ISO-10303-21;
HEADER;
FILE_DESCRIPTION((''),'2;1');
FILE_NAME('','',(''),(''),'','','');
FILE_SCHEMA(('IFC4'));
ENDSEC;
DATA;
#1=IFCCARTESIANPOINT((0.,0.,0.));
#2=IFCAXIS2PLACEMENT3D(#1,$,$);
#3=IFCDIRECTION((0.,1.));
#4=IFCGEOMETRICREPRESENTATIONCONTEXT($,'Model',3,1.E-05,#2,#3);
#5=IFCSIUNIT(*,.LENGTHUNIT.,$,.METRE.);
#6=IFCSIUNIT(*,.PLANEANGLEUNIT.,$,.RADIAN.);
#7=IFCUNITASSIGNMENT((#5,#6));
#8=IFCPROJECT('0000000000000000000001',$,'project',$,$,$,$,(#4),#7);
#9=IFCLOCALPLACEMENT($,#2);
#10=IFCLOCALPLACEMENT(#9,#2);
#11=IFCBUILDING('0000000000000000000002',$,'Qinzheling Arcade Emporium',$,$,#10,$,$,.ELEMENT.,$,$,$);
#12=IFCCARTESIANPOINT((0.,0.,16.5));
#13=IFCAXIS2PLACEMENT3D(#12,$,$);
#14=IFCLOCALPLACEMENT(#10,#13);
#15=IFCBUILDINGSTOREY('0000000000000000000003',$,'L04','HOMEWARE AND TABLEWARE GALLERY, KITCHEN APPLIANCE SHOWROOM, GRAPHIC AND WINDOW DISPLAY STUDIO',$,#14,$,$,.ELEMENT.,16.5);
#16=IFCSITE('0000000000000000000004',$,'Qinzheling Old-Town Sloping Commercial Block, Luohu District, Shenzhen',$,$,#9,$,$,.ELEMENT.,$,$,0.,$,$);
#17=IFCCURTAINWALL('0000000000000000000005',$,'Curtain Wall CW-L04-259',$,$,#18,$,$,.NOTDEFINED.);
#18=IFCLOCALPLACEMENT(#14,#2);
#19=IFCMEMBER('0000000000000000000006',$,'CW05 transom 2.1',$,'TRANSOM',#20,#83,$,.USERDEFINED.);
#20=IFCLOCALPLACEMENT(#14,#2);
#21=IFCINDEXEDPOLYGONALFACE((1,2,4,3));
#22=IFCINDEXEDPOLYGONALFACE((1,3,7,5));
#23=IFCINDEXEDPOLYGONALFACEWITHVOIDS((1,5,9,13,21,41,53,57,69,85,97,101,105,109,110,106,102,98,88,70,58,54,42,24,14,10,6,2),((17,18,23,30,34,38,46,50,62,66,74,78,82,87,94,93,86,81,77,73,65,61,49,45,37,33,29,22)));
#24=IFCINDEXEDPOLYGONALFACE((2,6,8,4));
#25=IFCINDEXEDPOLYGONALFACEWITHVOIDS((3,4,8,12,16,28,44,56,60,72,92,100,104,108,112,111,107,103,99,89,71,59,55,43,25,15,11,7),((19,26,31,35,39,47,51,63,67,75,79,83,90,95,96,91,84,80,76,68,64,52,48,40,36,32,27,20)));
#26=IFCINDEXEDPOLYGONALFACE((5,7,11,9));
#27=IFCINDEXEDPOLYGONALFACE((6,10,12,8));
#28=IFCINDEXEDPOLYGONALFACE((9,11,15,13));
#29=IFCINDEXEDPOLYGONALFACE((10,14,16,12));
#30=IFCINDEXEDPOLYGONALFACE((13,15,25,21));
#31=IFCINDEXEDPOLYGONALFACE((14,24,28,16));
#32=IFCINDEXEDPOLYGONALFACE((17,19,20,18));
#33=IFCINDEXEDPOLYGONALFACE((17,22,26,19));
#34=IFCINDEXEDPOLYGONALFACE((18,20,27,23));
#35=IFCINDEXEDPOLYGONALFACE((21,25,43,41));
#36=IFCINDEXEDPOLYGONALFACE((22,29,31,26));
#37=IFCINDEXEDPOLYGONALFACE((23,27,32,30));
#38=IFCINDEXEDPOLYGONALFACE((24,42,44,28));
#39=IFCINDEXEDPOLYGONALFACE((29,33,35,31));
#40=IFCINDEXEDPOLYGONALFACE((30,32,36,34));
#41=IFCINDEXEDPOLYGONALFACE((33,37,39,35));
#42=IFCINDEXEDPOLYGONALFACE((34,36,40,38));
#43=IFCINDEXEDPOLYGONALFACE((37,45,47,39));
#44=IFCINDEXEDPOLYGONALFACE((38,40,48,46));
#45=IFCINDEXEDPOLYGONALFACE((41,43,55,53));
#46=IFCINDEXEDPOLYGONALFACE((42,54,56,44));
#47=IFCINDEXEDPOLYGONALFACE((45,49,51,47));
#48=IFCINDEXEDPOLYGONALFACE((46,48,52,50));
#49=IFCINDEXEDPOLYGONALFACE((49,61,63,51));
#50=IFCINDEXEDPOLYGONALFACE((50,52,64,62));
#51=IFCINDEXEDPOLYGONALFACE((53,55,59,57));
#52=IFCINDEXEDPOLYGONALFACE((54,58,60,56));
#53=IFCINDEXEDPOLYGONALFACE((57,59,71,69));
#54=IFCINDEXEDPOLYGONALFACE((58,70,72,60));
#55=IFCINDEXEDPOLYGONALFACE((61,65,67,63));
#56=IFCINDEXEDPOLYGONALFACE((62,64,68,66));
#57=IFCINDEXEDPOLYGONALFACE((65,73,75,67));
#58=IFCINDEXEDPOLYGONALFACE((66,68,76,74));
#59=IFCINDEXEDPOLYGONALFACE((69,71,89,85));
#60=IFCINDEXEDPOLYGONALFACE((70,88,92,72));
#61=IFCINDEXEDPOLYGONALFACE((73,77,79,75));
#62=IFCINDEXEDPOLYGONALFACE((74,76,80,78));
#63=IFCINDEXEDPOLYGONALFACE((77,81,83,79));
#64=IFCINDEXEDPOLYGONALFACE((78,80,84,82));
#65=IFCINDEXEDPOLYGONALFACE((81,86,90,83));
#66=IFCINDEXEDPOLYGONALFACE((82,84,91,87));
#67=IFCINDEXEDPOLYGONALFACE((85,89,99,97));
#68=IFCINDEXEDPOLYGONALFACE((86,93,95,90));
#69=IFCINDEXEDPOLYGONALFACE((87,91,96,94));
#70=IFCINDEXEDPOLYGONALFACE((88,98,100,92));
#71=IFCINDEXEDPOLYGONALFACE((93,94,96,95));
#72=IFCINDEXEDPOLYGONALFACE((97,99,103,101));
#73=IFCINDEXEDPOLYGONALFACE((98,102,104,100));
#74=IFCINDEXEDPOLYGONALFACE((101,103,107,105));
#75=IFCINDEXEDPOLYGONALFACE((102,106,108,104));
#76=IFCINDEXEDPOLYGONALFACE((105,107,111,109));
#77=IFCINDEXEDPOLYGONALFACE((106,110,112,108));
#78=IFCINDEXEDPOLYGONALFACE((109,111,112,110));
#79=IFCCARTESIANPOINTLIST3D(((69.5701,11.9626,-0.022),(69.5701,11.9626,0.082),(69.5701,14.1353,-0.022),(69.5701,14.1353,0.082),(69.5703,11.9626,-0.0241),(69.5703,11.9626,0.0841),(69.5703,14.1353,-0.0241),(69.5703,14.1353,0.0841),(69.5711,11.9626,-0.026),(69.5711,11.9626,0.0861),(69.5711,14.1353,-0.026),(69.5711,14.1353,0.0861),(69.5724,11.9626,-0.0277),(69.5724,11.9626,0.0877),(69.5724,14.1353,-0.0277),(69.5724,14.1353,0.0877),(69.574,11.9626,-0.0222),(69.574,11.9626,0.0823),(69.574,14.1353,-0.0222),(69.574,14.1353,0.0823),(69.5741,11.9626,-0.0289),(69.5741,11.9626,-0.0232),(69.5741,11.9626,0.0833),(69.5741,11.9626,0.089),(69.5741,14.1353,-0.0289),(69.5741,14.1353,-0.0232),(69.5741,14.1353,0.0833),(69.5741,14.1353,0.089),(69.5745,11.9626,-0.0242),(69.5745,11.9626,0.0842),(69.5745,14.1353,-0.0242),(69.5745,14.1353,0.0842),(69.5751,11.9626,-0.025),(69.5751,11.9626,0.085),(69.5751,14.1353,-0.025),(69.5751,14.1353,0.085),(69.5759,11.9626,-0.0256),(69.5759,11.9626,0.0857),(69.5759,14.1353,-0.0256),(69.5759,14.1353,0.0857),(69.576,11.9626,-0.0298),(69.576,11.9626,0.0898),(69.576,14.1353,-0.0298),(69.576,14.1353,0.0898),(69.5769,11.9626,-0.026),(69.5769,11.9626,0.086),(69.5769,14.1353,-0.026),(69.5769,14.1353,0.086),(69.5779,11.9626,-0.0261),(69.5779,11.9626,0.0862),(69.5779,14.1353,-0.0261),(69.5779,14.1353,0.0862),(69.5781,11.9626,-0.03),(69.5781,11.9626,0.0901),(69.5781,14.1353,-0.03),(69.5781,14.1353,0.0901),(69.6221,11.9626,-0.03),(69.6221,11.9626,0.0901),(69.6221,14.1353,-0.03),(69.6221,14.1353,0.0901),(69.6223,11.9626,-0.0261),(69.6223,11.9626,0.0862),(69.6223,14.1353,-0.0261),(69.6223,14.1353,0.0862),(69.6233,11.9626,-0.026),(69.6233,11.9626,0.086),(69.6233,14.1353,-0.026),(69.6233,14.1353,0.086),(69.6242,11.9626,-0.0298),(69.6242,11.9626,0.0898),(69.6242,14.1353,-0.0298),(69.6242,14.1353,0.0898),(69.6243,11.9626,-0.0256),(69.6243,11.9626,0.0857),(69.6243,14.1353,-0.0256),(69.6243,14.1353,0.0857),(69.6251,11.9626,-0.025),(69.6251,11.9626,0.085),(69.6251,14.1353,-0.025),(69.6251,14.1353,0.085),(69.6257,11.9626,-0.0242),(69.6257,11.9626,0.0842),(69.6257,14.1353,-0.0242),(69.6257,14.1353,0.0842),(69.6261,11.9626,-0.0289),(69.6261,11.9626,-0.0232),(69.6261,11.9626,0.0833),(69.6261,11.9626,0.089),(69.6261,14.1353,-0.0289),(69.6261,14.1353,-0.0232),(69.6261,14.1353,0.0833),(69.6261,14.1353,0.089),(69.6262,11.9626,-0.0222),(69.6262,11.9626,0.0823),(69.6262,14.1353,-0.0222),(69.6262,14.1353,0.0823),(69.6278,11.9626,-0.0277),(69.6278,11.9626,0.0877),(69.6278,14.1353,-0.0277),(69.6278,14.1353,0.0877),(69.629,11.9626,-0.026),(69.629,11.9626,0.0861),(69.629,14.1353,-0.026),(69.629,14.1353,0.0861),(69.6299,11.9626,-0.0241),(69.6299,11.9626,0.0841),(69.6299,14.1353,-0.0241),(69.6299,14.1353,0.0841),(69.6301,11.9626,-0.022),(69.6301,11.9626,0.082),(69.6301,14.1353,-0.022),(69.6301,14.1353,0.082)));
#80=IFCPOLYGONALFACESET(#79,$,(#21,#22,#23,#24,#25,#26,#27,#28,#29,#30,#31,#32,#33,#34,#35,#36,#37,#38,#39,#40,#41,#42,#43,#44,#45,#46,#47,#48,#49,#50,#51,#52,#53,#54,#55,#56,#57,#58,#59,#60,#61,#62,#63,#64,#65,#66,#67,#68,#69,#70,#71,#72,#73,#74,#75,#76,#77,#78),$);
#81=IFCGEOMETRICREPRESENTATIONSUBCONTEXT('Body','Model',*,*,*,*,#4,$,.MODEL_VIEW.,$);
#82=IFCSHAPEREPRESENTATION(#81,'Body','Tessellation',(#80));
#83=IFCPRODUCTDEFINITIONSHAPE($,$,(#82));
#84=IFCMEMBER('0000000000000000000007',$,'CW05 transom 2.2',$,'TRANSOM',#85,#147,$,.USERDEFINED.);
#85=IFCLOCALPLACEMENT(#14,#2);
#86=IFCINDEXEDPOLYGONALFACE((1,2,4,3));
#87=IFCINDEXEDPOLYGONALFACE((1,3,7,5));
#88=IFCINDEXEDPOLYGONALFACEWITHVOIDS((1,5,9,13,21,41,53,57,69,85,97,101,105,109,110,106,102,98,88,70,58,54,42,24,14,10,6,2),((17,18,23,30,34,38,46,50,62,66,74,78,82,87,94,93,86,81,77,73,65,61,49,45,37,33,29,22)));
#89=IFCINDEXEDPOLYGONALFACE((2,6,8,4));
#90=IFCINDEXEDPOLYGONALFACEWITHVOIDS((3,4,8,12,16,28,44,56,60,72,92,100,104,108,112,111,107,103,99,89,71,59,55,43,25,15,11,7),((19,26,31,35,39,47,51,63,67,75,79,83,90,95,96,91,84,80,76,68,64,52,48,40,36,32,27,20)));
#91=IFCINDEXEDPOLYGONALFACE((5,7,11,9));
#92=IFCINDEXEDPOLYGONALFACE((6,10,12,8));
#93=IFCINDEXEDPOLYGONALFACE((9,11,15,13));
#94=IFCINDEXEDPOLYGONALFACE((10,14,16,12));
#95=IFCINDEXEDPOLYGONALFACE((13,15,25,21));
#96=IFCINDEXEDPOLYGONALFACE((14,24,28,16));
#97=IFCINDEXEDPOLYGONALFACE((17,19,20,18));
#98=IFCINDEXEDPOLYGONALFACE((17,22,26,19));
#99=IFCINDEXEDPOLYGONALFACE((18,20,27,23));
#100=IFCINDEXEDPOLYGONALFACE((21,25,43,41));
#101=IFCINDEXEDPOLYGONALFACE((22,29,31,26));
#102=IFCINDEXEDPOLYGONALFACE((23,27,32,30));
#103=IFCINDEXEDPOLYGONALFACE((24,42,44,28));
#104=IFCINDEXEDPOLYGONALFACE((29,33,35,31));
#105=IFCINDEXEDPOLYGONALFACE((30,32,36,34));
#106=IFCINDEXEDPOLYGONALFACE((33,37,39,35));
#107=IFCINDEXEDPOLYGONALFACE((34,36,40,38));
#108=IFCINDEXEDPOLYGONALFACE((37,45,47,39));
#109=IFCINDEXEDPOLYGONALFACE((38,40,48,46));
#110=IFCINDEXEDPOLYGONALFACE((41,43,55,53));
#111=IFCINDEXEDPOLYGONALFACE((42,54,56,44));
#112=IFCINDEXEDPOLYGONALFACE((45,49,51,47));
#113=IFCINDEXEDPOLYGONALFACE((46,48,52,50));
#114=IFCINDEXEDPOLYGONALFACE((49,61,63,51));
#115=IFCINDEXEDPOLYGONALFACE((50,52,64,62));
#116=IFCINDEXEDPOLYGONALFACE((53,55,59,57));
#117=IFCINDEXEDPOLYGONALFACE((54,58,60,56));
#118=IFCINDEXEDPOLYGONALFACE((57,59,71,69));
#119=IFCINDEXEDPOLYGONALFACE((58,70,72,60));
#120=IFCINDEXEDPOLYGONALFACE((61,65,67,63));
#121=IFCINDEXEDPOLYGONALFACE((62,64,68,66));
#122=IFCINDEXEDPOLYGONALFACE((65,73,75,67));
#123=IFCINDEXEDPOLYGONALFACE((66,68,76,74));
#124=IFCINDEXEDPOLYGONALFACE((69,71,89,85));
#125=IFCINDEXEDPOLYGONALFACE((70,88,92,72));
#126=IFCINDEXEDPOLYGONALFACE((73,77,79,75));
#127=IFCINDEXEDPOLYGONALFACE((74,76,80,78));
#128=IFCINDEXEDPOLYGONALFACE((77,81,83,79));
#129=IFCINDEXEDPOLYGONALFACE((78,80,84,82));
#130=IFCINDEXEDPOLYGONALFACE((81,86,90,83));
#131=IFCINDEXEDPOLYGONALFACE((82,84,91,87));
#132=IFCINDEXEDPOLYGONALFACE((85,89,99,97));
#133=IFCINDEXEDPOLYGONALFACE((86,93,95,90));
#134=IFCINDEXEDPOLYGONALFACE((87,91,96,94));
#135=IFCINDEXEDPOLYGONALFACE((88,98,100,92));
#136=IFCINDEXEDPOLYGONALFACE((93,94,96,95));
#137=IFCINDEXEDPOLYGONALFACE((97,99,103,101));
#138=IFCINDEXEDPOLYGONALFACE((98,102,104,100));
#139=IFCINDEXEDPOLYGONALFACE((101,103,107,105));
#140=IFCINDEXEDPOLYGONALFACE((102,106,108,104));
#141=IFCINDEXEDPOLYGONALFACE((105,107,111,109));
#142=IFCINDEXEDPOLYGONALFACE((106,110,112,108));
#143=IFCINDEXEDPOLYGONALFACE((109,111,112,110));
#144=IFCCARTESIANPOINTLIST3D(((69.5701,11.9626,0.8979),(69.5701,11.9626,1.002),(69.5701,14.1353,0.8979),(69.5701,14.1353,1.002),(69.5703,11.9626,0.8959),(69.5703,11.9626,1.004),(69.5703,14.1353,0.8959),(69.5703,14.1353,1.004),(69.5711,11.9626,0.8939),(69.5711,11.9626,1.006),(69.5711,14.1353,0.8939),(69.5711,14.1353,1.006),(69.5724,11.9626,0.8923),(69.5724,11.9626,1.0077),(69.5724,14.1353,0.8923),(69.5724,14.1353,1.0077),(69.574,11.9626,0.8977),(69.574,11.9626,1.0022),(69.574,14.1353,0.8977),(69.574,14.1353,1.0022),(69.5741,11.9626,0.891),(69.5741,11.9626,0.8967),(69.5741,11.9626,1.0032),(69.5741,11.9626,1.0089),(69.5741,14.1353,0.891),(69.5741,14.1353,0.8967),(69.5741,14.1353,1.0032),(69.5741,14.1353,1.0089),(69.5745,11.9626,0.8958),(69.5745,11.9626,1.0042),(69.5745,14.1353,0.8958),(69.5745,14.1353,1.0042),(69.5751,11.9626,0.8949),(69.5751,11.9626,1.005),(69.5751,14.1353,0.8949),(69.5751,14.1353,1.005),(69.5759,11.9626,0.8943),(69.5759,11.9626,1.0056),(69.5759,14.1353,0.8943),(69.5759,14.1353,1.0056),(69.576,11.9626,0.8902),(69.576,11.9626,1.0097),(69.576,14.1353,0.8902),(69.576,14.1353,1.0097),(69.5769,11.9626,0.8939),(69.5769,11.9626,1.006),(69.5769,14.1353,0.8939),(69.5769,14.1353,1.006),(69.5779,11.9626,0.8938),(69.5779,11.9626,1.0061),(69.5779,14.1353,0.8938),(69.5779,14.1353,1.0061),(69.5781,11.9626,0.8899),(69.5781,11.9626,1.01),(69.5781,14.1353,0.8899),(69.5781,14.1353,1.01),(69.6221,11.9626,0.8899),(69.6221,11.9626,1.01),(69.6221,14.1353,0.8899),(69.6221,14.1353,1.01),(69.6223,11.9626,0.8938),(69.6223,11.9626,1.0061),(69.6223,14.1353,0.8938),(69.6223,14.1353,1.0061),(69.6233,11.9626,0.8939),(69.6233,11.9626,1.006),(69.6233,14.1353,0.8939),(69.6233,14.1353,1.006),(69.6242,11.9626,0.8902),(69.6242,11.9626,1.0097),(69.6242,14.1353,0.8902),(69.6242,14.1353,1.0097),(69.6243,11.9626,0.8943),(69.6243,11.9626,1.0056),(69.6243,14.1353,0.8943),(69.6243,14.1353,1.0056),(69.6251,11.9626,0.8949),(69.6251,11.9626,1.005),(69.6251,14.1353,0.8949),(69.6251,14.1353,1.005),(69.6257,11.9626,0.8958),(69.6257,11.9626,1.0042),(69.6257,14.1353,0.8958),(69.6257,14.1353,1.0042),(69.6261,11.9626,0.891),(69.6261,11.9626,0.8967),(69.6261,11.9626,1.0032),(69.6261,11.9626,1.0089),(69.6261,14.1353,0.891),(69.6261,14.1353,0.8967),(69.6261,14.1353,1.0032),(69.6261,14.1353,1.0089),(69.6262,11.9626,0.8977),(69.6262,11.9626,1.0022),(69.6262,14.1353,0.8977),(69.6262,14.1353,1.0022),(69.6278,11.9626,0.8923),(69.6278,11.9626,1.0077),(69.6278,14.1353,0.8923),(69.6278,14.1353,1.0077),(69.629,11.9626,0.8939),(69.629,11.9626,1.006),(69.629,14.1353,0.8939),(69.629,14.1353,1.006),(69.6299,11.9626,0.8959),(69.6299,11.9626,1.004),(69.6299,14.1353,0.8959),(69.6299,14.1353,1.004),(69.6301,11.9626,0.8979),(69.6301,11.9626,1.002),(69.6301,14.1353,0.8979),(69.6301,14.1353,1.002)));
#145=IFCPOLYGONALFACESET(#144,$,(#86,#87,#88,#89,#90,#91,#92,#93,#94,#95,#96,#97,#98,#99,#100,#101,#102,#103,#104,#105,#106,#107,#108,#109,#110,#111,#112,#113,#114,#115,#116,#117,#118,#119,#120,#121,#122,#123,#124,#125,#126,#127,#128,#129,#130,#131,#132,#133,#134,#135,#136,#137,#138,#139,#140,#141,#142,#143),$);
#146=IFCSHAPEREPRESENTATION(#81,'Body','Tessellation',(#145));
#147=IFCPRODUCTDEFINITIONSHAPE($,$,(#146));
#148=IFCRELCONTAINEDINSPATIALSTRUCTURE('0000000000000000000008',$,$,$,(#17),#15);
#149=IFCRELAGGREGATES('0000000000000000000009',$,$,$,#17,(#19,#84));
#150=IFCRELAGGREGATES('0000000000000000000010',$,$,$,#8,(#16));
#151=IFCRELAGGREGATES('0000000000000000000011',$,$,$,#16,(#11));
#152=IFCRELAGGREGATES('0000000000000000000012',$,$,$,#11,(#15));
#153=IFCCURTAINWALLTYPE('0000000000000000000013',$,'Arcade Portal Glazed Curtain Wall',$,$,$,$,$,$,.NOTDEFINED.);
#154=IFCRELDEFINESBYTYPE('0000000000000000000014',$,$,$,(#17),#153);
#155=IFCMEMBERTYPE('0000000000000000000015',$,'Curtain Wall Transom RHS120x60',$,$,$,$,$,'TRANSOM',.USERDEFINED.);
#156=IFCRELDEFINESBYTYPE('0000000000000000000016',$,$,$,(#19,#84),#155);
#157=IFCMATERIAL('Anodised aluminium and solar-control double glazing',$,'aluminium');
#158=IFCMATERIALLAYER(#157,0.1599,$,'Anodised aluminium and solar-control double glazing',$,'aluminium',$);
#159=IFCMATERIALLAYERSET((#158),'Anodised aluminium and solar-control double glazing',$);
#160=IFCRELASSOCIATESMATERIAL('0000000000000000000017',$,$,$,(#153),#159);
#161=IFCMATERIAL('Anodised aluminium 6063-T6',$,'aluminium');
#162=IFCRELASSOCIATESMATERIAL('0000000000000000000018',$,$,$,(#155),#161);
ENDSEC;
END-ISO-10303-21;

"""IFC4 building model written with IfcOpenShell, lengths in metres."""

from ifc_helpers import new_model, si_unit, direction, frame, origin, origin_2d, place, context, subcontext, project, spatial, hollow_rectangle, extrude, material, layer, layer_set, material_profile, profile_set, type_object, element, aggregate, save


model = new_model("IFC4")

# Units and contexts
model_context = context("Model", 3, precision=1e-05, world=origin(), true_north=direction((0.0, 1.0)))
body_context = subcontext(model_context, "Body", "Model", "MODEL_VIEW")
ifc_project = project(units=[si_unit("LENGTHUNIT", "METRE"), si_unit("PLANEANGLEUNIT", "RADIAN")], contexts=[model_context])

# Site, building, storey
site_placement = place(None, origin())
site = spatial("IfcSite", under=ifc_project, at=site_placement, Name="Qinzheling Old-Town Sloping Commercial Block, Luohu District, Shenzhen", CompositionType="ELEMENT", RefElevation=0.0)
building_placement = place(site_placement, origin())
building = spatial("IfcBuilding", under=site, at=building_placement, Name="Qinzheling Arcade Emporium", CompositionType="ELEMENT")
storey_placement = place(building_placement, frame((0.0, 0.0, 16.5)))
storey = spatial("IfcBuildingStorey", under=building, at=storey_placement, Name="L04", Description="HOMEWARE AND TABLEWARE GALLERY, KITCHEN APPLIANCE SHOWROOM, GRAPHIC AND WINDOW DISPLAY STUDIO", CompositionType="ELEMENT", Elevation=16.5)

# Curtain wall
ifc_material_1 = material(Name="Anodised aluminium and solar-control double glazing", Category="aluminium")
ifc_layer_1 = layer(ifc_material_1, 0.1599, Name="Anodised aluminium and solar-control double glazing", Category="aluminium")
ifc_layer_set_1 = layer_set([ifc_layer_1], Name="Anodised aluminium and solar-control double glazing")
curtain_wall_type = type_object("IfcCurtainWallType", Name="Arcade Portal Glazed Curtain Wall", PredefinedType="NOTDEFINED", material=ifc_layer_set_1)
ifc_material_2 = material(Name="Anodised aluminium 6063-T6", Category="aluminium")
curtain_wall_1_placement = place(storey_placement, origin())
curtain_wall_1 = element("IfcCurtainWall", 1, at=curtain_wall_1_placement, inside=storey, type_object=curtain_wall_type, Name="Curtain Wall CW-L04-259", PredefinedType="NOTDEFINED")

# Members
ifc_material_profile_1 = material_profile(ifc_material_2, hollow_rectangle(XDim=0.0601, YDim=0.1201, WallThickness=0.0039, InnerFilletRadius=0.0039, OuterFilletRadius=0.0081, at=origin_2d()), Name="RHS 120x60x4", Category="aluminium")
ifc_profile_set_1 = profile_set([ifc_material_profile_1], Name="Anodised aluminium 6063-T6")
member_type_1 = type_object("IfcMemberType", Name="Curtain Wall Transom RHS120x60", ElementType="TRANSOM", PredefinedType="USERDEFINED", material=ifc_profile_set_1)
member_1_placement = place(storey_placement, frame((69.6001, 14.1353, 0.03), z_axis=(0.0, -1.0, 0.0), x_axis=(1.0, 0.0, 0.0)))
member_1 = element("IfcMember", 2, at=member_1_placement, type_object=member_type_1, Name="CW05 transom 2.1", ObjectType="TRANSOM", PredefinedType="USERDEFINED", context=body_context, shape_type="SweptSolid", body=[
    extrude(hollow_rectangle(XDim=0.0601, YDim=0.1201, WallThickness=0.0039, InnerFilletRadius=0.0039, OuterFilletRadius=0.0081, at=origin_2d()), origin(), (0.0, 0.0, 1.0), 2.1726),
])
member_2_placement = place(storey_placement, frame((69.6001, 14.1353, 0.95), z_axis=(0.0, -1.0, 0.0), x_axis=(1.0, 0.0, 0.0)))
member_2 = element("IfcMember", 3, at=member_2_placement, type_object=member_type_1, Name="CW05 transom 2.2", ObjectType="TRANSOM", PredefinedType="USERDEFINED", context=body_context, shape_type="SweptSolid", body=[
    extrude(hollow_rectangle(XDim=0.0601, YDim=0.1201, WallThickness=0.0039, InnerFilletRadius=0.0039, OuterFilletRadius=0.0081, at=origin_2d()), origin(), (0.0, 0.0, 1.0), 2.1726),
])

aggregate(curtain_wall_1, [member_1, member_2])

save(model, "model.ifc")
